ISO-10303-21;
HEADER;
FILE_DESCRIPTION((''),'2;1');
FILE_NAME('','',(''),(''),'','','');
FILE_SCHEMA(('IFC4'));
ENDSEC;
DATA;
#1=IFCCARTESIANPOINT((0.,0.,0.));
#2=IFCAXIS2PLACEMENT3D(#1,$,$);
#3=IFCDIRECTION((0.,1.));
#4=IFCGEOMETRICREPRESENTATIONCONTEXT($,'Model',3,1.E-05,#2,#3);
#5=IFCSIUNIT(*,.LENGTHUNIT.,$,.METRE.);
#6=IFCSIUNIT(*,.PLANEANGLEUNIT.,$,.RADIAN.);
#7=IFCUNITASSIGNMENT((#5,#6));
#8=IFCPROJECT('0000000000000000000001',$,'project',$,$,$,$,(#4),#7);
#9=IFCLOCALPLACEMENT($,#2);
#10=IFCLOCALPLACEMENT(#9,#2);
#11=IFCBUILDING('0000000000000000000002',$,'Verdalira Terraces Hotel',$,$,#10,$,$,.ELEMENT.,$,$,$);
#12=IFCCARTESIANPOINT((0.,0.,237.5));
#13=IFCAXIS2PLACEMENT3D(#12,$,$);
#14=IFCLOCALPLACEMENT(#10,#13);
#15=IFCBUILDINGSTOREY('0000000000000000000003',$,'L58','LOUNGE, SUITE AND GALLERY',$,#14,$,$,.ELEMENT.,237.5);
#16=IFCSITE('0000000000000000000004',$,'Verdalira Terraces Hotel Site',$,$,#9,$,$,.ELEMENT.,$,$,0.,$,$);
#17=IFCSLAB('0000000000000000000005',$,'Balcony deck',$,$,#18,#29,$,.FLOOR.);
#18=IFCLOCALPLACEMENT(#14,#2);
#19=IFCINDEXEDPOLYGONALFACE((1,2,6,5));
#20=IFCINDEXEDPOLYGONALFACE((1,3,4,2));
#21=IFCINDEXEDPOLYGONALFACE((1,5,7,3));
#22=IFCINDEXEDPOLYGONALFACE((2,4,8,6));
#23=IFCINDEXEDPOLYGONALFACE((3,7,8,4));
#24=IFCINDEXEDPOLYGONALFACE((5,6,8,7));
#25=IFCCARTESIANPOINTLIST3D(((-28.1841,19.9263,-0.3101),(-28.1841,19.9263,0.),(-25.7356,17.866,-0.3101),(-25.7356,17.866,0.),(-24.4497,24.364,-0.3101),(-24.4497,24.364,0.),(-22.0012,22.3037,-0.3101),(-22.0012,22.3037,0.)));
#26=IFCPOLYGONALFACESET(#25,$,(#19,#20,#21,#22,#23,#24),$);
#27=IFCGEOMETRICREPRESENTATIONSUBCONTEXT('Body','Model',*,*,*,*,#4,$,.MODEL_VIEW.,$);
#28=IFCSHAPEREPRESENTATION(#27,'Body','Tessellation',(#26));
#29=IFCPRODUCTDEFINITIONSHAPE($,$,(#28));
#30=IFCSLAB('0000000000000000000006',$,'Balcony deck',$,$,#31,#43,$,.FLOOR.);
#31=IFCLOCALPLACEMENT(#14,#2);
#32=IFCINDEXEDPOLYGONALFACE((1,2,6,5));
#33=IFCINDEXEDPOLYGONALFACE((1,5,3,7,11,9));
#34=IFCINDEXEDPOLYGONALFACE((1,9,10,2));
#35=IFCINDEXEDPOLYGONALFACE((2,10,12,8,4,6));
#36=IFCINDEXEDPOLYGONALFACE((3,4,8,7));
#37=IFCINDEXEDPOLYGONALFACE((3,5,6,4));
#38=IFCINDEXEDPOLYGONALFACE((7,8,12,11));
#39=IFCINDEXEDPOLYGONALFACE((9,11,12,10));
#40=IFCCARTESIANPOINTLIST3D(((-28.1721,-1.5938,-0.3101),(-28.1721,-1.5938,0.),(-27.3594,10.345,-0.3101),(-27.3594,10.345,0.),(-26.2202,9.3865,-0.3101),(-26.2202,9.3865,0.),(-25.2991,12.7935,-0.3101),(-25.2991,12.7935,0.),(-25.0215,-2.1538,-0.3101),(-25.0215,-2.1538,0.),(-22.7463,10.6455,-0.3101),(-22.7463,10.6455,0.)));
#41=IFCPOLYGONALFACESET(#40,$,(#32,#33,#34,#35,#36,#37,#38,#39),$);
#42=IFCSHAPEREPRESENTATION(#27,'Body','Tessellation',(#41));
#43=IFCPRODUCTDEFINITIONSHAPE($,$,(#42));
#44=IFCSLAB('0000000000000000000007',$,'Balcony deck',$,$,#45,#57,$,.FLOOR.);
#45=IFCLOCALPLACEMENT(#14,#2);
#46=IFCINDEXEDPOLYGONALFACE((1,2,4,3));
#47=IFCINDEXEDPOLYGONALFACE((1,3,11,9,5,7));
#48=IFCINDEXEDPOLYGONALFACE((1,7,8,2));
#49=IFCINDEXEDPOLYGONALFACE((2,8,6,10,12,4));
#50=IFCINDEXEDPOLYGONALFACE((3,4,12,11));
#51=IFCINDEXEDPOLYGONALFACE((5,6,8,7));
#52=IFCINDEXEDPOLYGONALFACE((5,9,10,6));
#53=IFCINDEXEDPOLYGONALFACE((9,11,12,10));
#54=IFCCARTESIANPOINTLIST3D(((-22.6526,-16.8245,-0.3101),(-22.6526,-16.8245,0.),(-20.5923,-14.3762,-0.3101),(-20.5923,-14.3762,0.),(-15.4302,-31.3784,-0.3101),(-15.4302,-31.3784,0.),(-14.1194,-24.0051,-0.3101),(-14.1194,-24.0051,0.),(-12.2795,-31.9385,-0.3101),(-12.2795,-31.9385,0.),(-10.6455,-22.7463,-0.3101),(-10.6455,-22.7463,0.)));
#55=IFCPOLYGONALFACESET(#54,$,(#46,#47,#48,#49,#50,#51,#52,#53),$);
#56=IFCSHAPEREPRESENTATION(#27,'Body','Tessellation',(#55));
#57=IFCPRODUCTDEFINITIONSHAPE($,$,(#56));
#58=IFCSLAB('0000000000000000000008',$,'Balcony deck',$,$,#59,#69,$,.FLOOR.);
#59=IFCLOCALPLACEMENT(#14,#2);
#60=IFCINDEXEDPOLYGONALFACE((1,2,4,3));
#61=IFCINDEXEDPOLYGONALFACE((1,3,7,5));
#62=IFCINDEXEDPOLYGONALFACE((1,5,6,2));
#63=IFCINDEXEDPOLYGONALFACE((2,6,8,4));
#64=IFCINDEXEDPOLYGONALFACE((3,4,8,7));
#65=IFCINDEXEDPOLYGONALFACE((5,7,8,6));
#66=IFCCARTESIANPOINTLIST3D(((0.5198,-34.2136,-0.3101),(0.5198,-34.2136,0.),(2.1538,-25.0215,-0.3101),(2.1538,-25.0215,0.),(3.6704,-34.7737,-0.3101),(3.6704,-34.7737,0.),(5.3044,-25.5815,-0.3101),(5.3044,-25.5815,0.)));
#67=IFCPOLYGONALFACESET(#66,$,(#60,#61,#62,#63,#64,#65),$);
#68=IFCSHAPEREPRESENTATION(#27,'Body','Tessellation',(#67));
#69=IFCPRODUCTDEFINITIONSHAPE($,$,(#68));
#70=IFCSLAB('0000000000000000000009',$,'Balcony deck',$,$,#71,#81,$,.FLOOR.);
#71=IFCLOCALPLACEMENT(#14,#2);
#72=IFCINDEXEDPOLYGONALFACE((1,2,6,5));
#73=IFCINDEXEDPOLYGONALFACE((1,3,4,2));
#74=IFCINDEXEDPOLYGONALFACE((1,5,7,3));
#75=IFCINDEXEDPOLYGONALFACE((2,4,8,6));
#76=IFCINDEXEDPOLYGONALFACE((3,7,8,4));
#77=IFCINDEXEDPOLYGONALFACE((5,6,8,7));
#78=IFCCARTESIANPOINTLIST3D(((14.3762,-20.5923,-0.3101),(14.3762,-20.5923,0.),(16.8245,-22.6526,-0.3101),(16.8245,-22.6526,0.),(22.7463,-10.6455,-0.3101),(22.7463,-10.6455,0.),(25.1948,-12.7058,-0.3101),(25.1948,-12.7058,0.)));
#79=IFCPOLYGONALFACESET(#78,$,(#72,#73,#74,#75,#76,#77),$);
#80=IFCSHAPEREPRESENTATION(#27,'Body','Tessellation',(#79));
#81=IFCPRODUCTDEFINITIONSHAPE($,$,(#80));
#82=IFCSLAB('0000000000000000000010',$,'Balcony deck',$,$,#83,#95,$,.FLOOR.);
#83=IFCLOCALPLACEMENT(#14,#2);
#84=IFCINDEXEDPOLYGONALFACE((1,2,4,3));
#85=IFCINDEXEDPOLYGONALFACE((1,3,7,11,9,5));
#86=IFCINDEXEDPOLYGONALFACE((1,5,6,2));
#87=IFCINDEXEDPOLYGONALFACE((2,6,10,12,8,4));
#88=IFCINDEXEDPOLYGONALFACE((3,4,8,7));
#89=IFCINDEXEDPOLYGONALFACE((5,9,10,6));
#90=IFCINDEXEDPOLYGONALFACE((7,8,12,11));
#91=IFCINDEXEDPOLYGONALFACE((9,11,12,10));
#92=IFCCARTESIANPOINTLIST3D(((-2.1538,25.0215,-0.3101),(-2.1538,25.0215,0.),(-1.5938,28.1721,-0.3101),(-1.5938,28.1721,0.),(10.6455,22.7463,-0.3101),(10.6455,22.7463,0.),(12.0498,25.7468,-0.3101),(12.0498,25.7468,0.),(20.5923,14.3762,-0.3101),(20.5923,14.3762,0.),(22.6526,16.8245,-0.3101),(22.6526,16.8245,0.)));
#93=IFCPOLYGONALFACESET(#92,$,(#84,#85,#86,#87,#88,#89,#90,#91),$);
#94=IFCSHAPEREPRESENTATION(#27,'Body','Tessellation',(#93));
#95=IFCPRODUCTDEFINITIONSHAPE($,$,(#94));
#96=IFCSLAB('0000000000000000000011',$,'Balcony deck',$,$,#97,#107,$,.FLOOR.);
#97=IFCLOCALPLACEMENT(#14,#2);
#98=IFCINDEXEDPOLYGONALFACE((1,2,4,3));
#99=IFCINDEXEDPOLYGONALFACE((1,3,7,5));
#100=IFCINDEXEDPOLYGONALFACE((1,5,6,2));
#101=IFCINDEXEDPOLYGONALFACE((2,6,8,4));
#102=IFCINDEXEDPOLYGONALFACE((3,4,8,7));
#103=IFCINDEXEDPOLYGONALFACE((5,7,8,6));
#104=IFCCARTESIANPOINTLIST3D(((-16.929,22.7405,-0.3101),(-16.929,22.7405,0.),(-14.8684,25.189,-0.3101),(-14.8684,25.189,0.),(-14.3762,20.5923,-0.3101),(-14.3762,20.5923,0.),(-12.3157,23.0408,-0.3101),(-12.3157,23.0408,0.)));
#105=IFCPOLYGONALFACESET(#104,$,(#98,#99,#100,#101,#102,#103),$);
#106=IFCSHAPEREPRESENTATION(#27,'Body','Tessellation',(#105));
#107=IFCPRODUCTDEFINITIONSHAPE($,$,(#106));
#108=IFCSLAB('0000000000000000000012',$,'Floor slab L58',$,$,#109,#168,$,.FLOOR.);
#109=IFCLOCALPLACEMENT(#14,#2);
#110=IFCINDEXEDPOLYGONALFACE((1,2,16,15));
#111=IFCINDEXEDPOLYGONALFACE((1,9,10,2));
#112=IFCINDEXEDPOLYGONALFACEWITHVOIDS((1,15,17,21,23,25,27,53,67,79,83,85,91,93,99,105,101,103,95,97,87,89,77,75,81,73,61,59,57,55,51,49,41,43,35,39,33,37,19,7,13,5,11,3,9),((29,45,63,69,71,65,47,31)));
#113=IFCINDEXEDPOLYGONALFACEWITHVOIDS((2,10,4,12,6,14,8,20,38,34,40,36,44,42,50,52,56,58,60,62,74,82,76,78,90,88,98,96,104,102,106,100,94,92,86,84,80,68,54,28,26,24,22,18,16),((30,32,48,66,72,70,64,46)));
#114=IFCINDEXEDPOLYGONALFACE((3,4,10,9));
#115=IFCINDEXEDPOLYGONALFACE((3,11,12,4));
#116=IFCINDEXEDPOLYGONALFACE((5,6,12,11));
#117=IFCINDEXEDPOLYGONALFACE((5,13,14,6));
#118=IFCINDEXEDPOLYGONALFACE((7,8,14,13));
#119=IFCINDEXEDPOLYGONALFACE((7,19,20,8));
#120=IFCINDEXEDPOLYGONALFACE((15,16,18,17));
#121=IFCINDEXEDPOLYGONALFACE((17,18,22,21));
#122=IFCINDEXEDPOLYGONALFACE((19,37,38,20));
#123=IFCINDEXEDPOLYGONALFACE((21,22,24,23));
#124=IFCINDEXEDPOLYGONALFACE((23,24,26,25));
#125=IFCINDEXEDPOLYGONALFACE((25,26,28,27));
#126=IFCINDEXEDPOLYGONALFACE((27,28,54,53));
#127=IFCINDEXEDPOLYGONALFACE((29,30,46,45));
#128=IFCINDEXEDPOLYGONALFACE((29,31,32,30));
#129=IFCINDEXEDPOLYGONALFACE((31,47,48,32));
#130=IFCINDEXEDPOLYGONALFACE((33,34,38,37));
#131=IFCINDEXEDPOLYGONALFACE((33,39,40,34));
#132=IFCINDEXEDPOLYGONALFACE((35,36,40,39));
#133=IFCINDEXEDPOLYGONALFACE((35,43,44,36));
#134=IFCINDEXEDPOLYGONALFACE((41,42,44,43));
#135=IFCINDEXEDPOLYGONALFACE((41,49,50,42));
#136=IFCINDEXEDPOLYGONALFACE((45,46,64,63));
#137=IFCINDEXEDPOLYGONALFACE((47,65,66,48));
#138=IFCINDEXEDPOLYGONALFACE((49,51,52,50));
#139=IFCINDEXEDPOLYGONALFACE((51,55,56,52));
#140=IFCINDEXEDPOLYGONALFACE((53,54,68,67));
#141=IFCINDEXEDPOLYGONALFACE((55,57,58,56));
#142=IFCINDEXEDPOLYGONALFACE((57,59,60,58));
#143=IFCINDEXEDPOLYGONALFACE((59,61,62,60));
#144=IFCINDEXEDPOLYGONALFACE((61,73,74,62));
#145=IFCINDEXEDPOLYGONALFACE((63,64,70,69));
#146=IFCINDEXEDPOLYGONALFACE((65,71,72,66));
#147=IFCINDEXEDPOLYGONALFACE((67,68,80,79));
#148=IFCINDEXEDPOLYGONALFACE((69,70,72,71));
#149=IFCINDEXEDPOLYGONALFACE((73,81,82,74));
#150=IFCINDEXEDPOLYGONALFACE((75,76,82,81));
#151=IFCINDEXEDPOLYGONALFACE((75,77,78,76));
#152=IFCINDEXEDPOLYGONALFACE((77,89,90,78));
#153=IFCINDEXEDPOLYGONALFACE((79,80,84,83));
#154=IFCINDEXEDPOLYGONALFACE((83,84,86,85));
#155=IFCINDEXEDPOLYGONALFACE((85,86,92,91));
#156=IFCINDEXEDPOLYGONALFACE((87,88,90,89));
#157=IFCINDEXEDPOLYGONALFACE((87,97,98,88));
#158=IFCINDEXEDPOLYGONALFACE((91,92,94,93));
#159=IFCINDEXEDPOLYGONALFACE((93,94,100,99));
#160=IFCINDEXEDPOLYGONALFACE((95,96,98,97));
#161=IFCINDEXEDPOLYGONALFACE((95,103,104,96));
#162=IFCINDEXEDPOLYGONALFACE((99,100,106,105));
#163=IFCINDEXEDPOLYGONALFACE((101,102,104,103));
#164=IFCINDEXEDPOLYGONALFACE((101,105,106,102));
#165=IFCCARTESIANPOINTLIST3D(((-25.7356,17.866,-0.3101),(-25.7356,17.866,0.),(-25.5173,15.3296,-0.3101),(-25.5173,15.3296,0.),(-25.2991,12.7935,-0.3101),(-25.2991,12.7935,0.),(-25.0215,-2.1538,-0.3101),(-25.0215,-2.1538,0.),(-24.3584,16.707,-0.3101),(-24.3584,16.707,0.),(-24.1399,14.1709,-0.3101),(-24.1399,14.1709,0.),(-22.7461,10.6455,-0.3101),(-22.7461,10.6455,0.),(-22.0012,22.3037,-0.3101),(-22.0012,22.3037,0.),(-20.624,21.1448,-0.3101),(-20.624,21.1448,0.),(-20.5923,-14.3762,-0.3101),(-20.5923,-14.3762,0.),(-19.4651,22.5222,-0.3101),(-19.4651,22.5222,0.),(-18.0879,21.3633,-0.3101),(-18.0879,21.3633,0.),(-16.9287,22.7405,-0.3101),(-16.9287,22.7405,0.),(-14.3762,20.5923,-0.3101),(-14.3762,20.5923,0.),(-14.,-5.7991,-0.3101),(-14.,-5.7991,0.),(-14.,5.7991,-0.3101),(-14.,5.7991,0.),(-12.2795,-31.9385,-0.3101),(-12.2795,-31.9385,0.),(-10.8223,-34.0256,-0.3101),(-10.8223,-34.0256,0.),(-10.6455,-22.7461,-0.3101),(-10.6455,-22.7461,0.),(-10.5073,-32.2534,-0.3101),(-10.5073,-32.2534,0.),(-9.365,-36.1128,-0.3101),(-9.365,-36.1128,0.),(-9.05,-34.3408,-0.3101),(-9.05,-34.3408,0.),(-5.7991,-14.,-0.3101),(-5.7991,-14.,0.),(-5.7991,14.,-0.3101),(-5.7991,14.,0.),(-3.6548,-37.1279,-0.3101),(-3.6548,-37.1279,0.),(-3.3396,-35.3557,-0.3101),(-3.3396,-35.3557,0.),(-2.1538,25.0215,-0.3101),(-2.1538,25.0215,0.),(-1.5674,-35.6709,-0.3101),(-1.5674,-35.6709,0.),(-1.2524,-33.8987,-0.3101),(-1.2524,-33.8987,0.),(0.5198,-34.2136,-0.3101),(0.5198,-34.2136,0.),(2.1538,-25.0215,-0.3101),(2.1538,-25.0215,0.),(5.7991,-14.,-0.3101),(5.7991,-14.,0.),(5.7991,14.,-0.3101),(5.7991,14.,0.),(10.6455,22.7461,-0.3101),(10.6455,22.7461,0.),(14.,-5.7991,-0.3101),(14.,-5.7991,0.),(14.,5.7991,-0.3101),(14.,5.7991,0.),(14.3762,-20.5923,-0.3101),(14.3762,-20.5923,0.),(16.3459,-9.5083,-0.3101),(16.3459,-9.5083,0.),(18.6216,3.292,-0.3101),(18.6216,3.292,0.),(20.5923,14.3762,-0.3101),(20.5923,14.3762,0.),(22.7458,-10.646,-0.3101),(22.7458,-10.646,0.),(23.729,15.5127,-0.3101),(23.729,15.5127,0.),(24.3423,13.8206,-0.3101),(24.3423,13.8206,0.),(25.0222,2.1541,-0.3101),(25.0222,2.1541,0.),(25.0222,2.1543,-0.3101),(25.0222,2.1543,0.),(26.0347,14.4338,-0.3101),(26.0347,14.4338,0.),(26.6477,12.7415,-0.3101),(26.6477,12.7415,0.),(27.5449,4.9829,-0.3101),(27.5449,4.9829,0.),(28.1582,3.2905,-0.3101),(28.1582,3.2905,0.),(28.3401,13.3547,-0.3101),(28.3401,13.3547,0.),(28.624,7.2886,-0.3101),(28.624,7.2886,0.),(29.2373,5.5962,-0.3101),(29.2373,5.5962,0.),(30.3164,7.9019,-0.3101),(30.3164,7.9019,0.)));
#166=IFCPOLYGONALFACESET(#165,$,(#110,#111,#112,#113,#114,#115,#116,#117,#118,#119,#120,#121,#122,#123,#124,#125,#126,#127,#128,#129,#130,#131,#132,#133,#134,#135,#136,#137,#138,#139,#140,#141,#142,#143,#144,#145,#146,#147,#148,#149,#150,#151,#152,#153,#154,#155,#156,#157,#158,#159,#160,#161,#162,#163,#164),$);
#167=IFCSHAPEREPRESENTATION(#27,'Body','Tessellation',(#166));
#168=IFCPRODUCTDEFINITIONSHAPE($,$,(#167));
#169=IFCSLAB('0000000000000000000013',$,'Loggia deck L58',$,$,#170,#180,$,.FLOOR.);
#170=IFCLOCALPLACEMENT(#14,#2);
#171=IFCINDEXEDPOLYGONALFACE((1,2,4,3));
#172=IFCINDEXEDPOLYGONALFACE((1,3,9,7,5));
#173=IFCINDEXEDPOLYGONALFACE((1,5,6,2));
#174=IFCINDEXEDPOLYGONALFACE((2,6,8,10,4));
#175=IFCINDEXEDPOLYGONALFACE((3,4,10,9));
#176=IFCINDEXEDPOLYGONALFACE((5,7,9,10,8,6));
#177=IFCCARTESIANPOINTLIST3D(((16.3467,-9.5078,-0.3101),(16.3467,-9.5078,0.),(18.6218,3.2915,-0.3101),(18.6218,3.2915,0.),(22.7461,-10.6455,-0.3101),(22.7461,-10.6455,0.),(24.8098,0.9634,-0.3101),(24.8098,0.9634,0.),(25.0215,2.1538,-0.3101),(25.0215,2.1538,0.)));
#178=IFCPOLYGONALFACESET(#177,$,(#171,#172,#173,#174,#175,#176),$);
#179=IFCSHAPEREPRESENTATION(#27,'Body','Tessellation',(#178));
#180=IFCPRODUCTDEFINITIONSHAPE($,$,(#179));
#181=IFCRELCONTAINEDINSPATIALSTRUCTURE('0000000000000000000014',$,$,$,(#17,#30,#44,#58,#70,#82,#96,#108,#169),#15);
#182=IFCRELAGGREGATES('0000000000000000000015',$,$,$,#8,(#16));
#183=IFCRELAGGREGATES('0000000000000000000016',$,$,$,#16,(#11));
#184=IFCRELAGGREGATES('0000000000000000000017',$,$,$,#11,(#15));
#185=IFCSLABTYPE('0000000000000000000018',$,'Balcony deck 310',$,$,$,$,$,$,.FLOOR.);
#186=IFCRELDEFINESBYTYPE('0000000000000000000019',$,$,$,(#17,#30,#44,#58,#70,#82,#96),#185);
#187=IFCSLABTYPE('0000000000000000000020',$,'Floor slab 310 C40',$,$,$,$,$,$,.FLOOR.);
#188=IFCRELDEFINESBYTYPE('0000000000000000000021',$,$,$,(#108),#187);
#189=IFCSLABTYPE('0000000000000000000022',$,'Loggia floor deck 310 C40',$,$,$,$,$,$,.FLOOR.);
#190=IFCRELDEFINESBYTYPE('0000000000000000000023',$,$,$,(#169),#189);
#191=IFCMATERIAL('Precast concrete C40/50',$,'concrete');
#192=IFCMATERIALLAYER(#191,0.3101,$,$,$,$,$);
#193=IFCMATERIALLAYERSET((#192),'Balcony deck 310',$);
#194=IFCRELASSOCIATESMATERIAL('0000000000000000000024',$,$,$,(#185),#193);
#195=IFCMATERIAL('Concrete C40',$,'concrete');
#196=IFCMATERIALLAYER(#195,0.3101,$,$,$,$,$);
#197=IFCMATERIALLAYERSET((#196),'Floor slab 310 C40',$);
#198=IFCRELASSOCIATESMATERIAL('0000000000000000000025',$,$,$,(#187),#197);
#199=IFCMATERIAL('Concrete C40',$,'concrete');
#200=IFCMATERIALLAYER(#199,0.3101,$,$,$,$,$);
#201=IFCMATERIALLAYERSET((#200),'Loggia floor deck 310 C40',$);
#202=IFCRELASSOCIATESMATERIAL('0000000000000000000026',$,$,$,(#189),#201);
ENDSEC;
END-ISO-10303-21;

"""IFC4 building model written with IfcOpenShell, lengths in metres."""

from ifc_helpers import new_model, si_unit, direction, frame, origin, place, context, subcontext, project, spatial, polyline, outline, extrude, material, layer, layer_set, type_object, element, save


model = new_model("IFC4")

# Units and contexts
model_context = context("Model", 3, precision=1e-05, world=origin(), true_north=direction((0.0, 1.0)))
body_context = subcontext(model_context, "Body", "Model", "MODEL_VIEW")
ifc_project = project(units=[si_unit("LENGTHUNIT", "METRE"), si_unit("PLANEANGLEUNIT", "RADIAN")], contexts=[model_context])

# Site, building, storey
site_placement = place(None, origin())
site = spatial("IfcSite", under=ifc_project, at=site_placement, Name="Verdalira Terraces Hotel Site", CompositionType="ELEMENT", RefElevation=0.0)
building_placement = place(site_placement, origin())
building = spatial("IfcBuilding", under=site, at=building_placement, Name="Verdalira Terraces Hotel", CompositionType="ELEMENT")
storey_placement = place(building_placement, frame((0.0, 0.0, 237.5)))
storey = spatial("IfcBuildingStorey", under=building, at=storey_placement, Name="L58", Description="LOUNGE, SUITE AND GALLERY", CompositionType="ELEMENT", Elevation=237.5)

# Slabs
ifc_material_1 = material(Name="Precast concrete C40/50", Category="concrete")
ifc_layer_1 = layer(ifc_material_1, 0.3101)
ifc_layer_set_1 = layer_set([ifc_layer_1], Name="Balcony deck 310")
slab_type_1 = type_object("IfcSlabType", Name="Balcony deck 310", PredefinedType="FLOOR", material=ifc_layer_set_1)
slab_1_placement = place(storey_placement, frame((0.0, 0.0, -0.3101)))
element("IfcSlab", 1, at=slab_1_placement, inside=storey, type_object=slab_type_1, Name="Balcony deck", PredefinedType="FLOOR", context=body_context, shape_type="SweptSolid", body=[
    extrude(outline(polyline([(-28.1841, 19.9263), (-25.7356, 17.866), (-22.0012, 22.3037), (-24.4497, 24.364), (-28.1841, 19.9263)])), origin(), (0.0, 0.0, 1.0), 0.3101),
])
slab_2_placement = place(storey_placement, frame((0.0, 0.0, -0.3101)))
element("IfcSlab", 2, at=slab_2_placement, inside=storey, type_object=slab_type_1, Name="Balcony deck", PredefinedType="FLOOR", context=body_context, shape_type="SweptSolid", body=[
    extrude(outline(polyline([(-26.2202, 9.3865), (-28.1721, -1.5938), (-25.0215, -2.1538), (-22.7463, 10.6455), (-25.2991, 12.7935), (-27.3594, 10.345), (-26.2202, 9.3865)])), origin(), (0.0, 0.0, 1.0), 0.3101),
])
slab_3_placement = place(storey_placement, frame((0.0, 0.0, -0.3101)))
element("IfcSlab", 3, at=slab_3_placement, inside=storey, type_object=slab_type_1, Name="Balcony deck", PredefinedType="FLOOR", context=body_context, shape_type="SweptSolid", body=[
    extrude(outline(polyline([(-14.1194, -24.0051), (-15.4302, -31.3784), (-12.2795, -31.9385), (-10.6455, -22.7463), (-20.5923, -14.3762), (-22.6526, -16.8245), (-14.1194, -24.0051)])), origin(), (0.0, 0.0, 1.0), 0.3101),
])
slab_4_placement = place(storey_placement, frame((0.0, 0.0, -0.3101)))
element("IfcSlab", 4, at=slab_4_placement, inside=storey, type_object=slab_type_1, Name="Balcony deck", PredefinedType="FLOOR", context=body_context, shape_type="SweptSolid", body=[
    extrude(outline(polyline([(5.3044, -25.5815), (2.1538, -25.0215), (0.5198, -34.2136), (3.6704, -34.7737), (5.3044, -25.5815)])), origin(), (0.0, 0.0, 1.0), 0.3101),
])
slab_5_placement = place(storey_placement, frame((0.0, 0.0, -0.3101)))
element("IfcSlab", 5, at=slab_5_placement, inside=storey, type_object=slab_type_1, Name="Balcony deck", PredefinedType="FLOOR", context=body_context, shape_type="SweptSolid", body=[
    extrude(outline(polyline([(25.1948, -12.7058), (22.7463, -10.6455), (14.3762, -20.5923), (16.8245, -22.6526), (25.1948, -12.7058)])), origin(), (0.0, 0.0, 1.0), 0.3101),
])
slab_6_placement = place(storey_placement, frame((0.0, 0.0, -0.3101)))
element("IfcSlab", 6, at=slab_6_placement, inside=storey, type_object=slab_type_1, Name="Balcony deck", PredefinedType="FLOOR", context=body_context, shape_type="SweptSolid", body=[
    extrude(outline(polyline([(-1.5938, 28.1721), (-2.1538, 25.0215), (10.6455, 22.7463), (20.5923, 14.3762), (22.6526, 16.8245), (12.0498, 25.7468), (-1.5938, 28.1721)])), origin(), (0.0, 0.0, 1.0), 0.3101),
])
slab_7_placement = place(storey_placement, frame((0.0, 0.0, -0.3101)))
element("IfcSlab", 7, at=slab_7_placement, inside=storey, type_object=slab_type_1, Name="Balcony deck", PredefinedType="FLOOR", context=body_context, shape_type="SweptSolid", body=[
    extrude(outline(polyline([(-14.8684, 25.189), (-16.929, 22.7405), (-14.3762, 20.5923), (-12.3157, 23.0408), (-14.8684, 25.189)])), origin(), (0.0, 0.0, 1.0), 0.3101),
])
ifc_material_2 = material(Name="Concrete C40", Category="concrete")
ifc_layer_2 = layer(ifc_material_2, 0.3101)
ifc_layer_set_2 = layer_set([ifc_layer_2], Name="Floor slab 310 C40")
slab_type_2 = type_object("IfcSlabType", Name="Floor slab 310 C40", PredefinedType="FLOOR", material=ifc_layer_set_2)
slab_8_placement = place(storey_placement, frame((0.0, 0.0, -0.3101)))
element("IfcSlab", 8, at=slab_8_placement, inside=storey, type_object=slab_type_2, Name="Floor slab L58", PredefinedType="FLOOR", context=body_context, shape_type="SweptSolid", body=[
    extrude(outline(polyline([(2.1538, -25.0215), (14.3762, -20.5923), (22.7459, -10.646), (16.3459, -9.5083), (18.6216, 3.292), (25.0222, 2.1543), (25.0222, 2.1541), (28.1582, 3.2905), (27.5449, 4.9829), (29.2373, 5.5962), (28.624, 7.2886), (30.3164, 7.9019), (28.3401, 13.3547), (26.6477, 12.7415), (26.0347, 14.4338), (24.3423, 13.8206), (23.729, 15.5127), (20.5923, 14.3762), (10.6455, 22.7461), (-2.1538, 25.0215), (-14.3762, 20.5923), (-16.9287, 22.7405), (-18.0879, 21.3633), (-19.4651, 22.5222), (-20.624, 21.1448), (-22.0012, 22.3037), (-25.7356, 17.866), (-24.3584, 16.707), (-25.5173, 15.3296), (-24.1399, 14.1709), (-25.2991, 12.7935), (-22.7461, 10.6455), (-25.0215, -2.1538), (-20.5923, -14.3762), (-10.6455, -22.7461), (-12.2795, -31.9385), (-10.5073, -32.2534), (-10.8223, -34.0256), (-9.05, -34.3408), (-9.365, -36.1128), (-3.6548, -37.1279), (-3.3396, -35.3557), (-1.5674, -35.6709), (-1.2524, -33.8987), (0.5198, -34.2136), (2.1538, -25.0215)]), holes=[polyline([(5.7991, 14.0), (14.0, 5.7991), (14.0, -5.7991), (5.7991, -14.0), (-5.7991, -14.0), (-14.0, -5.7991), (-14.0, 5.7991), (-5.7991, 14.0), (5.7991, 14.0)])]), origin(), (0.0, 0.0, 1.0), 0.3101),
])
ifc_material_3 = material(Name="Concrete C40", Category="concrete")
ifc_layer_3 = layer(ifc_material_3, 0.3101)
ifc_layer_set_3 = layer_set([ifc_layer_3], Name="Loggia floor deck 310 C40")
slab_type_3 = type_object("IfcSlabType", Name="Loggia floor deck 310 C40", PredefinedType="FLOOR", material=ifc_layer_set_3)
slab_9_placement = place(storey_placement, frame((0.0, 0.0, -0.3101)))
element("IfcSlab", 9, at=slab_9_placement, inside=storey, type_object=slab_type_3, Name="Loggia deck L58", PredefinedType="FLOOR", context=body_context, shape_type="SweptSolid", body=[
    extrude(outline(polyline([(18.6218, 3.2915), (16.3467, -9.5078), (22.7461, -10.6455), (24.8098, 0.9634), (25.0215, 2.1538), (18.6218, 3.2915)])), origin(), (0.0, 0.0, 1.0), 0.3101),
])

save(model, "model.ifc")
